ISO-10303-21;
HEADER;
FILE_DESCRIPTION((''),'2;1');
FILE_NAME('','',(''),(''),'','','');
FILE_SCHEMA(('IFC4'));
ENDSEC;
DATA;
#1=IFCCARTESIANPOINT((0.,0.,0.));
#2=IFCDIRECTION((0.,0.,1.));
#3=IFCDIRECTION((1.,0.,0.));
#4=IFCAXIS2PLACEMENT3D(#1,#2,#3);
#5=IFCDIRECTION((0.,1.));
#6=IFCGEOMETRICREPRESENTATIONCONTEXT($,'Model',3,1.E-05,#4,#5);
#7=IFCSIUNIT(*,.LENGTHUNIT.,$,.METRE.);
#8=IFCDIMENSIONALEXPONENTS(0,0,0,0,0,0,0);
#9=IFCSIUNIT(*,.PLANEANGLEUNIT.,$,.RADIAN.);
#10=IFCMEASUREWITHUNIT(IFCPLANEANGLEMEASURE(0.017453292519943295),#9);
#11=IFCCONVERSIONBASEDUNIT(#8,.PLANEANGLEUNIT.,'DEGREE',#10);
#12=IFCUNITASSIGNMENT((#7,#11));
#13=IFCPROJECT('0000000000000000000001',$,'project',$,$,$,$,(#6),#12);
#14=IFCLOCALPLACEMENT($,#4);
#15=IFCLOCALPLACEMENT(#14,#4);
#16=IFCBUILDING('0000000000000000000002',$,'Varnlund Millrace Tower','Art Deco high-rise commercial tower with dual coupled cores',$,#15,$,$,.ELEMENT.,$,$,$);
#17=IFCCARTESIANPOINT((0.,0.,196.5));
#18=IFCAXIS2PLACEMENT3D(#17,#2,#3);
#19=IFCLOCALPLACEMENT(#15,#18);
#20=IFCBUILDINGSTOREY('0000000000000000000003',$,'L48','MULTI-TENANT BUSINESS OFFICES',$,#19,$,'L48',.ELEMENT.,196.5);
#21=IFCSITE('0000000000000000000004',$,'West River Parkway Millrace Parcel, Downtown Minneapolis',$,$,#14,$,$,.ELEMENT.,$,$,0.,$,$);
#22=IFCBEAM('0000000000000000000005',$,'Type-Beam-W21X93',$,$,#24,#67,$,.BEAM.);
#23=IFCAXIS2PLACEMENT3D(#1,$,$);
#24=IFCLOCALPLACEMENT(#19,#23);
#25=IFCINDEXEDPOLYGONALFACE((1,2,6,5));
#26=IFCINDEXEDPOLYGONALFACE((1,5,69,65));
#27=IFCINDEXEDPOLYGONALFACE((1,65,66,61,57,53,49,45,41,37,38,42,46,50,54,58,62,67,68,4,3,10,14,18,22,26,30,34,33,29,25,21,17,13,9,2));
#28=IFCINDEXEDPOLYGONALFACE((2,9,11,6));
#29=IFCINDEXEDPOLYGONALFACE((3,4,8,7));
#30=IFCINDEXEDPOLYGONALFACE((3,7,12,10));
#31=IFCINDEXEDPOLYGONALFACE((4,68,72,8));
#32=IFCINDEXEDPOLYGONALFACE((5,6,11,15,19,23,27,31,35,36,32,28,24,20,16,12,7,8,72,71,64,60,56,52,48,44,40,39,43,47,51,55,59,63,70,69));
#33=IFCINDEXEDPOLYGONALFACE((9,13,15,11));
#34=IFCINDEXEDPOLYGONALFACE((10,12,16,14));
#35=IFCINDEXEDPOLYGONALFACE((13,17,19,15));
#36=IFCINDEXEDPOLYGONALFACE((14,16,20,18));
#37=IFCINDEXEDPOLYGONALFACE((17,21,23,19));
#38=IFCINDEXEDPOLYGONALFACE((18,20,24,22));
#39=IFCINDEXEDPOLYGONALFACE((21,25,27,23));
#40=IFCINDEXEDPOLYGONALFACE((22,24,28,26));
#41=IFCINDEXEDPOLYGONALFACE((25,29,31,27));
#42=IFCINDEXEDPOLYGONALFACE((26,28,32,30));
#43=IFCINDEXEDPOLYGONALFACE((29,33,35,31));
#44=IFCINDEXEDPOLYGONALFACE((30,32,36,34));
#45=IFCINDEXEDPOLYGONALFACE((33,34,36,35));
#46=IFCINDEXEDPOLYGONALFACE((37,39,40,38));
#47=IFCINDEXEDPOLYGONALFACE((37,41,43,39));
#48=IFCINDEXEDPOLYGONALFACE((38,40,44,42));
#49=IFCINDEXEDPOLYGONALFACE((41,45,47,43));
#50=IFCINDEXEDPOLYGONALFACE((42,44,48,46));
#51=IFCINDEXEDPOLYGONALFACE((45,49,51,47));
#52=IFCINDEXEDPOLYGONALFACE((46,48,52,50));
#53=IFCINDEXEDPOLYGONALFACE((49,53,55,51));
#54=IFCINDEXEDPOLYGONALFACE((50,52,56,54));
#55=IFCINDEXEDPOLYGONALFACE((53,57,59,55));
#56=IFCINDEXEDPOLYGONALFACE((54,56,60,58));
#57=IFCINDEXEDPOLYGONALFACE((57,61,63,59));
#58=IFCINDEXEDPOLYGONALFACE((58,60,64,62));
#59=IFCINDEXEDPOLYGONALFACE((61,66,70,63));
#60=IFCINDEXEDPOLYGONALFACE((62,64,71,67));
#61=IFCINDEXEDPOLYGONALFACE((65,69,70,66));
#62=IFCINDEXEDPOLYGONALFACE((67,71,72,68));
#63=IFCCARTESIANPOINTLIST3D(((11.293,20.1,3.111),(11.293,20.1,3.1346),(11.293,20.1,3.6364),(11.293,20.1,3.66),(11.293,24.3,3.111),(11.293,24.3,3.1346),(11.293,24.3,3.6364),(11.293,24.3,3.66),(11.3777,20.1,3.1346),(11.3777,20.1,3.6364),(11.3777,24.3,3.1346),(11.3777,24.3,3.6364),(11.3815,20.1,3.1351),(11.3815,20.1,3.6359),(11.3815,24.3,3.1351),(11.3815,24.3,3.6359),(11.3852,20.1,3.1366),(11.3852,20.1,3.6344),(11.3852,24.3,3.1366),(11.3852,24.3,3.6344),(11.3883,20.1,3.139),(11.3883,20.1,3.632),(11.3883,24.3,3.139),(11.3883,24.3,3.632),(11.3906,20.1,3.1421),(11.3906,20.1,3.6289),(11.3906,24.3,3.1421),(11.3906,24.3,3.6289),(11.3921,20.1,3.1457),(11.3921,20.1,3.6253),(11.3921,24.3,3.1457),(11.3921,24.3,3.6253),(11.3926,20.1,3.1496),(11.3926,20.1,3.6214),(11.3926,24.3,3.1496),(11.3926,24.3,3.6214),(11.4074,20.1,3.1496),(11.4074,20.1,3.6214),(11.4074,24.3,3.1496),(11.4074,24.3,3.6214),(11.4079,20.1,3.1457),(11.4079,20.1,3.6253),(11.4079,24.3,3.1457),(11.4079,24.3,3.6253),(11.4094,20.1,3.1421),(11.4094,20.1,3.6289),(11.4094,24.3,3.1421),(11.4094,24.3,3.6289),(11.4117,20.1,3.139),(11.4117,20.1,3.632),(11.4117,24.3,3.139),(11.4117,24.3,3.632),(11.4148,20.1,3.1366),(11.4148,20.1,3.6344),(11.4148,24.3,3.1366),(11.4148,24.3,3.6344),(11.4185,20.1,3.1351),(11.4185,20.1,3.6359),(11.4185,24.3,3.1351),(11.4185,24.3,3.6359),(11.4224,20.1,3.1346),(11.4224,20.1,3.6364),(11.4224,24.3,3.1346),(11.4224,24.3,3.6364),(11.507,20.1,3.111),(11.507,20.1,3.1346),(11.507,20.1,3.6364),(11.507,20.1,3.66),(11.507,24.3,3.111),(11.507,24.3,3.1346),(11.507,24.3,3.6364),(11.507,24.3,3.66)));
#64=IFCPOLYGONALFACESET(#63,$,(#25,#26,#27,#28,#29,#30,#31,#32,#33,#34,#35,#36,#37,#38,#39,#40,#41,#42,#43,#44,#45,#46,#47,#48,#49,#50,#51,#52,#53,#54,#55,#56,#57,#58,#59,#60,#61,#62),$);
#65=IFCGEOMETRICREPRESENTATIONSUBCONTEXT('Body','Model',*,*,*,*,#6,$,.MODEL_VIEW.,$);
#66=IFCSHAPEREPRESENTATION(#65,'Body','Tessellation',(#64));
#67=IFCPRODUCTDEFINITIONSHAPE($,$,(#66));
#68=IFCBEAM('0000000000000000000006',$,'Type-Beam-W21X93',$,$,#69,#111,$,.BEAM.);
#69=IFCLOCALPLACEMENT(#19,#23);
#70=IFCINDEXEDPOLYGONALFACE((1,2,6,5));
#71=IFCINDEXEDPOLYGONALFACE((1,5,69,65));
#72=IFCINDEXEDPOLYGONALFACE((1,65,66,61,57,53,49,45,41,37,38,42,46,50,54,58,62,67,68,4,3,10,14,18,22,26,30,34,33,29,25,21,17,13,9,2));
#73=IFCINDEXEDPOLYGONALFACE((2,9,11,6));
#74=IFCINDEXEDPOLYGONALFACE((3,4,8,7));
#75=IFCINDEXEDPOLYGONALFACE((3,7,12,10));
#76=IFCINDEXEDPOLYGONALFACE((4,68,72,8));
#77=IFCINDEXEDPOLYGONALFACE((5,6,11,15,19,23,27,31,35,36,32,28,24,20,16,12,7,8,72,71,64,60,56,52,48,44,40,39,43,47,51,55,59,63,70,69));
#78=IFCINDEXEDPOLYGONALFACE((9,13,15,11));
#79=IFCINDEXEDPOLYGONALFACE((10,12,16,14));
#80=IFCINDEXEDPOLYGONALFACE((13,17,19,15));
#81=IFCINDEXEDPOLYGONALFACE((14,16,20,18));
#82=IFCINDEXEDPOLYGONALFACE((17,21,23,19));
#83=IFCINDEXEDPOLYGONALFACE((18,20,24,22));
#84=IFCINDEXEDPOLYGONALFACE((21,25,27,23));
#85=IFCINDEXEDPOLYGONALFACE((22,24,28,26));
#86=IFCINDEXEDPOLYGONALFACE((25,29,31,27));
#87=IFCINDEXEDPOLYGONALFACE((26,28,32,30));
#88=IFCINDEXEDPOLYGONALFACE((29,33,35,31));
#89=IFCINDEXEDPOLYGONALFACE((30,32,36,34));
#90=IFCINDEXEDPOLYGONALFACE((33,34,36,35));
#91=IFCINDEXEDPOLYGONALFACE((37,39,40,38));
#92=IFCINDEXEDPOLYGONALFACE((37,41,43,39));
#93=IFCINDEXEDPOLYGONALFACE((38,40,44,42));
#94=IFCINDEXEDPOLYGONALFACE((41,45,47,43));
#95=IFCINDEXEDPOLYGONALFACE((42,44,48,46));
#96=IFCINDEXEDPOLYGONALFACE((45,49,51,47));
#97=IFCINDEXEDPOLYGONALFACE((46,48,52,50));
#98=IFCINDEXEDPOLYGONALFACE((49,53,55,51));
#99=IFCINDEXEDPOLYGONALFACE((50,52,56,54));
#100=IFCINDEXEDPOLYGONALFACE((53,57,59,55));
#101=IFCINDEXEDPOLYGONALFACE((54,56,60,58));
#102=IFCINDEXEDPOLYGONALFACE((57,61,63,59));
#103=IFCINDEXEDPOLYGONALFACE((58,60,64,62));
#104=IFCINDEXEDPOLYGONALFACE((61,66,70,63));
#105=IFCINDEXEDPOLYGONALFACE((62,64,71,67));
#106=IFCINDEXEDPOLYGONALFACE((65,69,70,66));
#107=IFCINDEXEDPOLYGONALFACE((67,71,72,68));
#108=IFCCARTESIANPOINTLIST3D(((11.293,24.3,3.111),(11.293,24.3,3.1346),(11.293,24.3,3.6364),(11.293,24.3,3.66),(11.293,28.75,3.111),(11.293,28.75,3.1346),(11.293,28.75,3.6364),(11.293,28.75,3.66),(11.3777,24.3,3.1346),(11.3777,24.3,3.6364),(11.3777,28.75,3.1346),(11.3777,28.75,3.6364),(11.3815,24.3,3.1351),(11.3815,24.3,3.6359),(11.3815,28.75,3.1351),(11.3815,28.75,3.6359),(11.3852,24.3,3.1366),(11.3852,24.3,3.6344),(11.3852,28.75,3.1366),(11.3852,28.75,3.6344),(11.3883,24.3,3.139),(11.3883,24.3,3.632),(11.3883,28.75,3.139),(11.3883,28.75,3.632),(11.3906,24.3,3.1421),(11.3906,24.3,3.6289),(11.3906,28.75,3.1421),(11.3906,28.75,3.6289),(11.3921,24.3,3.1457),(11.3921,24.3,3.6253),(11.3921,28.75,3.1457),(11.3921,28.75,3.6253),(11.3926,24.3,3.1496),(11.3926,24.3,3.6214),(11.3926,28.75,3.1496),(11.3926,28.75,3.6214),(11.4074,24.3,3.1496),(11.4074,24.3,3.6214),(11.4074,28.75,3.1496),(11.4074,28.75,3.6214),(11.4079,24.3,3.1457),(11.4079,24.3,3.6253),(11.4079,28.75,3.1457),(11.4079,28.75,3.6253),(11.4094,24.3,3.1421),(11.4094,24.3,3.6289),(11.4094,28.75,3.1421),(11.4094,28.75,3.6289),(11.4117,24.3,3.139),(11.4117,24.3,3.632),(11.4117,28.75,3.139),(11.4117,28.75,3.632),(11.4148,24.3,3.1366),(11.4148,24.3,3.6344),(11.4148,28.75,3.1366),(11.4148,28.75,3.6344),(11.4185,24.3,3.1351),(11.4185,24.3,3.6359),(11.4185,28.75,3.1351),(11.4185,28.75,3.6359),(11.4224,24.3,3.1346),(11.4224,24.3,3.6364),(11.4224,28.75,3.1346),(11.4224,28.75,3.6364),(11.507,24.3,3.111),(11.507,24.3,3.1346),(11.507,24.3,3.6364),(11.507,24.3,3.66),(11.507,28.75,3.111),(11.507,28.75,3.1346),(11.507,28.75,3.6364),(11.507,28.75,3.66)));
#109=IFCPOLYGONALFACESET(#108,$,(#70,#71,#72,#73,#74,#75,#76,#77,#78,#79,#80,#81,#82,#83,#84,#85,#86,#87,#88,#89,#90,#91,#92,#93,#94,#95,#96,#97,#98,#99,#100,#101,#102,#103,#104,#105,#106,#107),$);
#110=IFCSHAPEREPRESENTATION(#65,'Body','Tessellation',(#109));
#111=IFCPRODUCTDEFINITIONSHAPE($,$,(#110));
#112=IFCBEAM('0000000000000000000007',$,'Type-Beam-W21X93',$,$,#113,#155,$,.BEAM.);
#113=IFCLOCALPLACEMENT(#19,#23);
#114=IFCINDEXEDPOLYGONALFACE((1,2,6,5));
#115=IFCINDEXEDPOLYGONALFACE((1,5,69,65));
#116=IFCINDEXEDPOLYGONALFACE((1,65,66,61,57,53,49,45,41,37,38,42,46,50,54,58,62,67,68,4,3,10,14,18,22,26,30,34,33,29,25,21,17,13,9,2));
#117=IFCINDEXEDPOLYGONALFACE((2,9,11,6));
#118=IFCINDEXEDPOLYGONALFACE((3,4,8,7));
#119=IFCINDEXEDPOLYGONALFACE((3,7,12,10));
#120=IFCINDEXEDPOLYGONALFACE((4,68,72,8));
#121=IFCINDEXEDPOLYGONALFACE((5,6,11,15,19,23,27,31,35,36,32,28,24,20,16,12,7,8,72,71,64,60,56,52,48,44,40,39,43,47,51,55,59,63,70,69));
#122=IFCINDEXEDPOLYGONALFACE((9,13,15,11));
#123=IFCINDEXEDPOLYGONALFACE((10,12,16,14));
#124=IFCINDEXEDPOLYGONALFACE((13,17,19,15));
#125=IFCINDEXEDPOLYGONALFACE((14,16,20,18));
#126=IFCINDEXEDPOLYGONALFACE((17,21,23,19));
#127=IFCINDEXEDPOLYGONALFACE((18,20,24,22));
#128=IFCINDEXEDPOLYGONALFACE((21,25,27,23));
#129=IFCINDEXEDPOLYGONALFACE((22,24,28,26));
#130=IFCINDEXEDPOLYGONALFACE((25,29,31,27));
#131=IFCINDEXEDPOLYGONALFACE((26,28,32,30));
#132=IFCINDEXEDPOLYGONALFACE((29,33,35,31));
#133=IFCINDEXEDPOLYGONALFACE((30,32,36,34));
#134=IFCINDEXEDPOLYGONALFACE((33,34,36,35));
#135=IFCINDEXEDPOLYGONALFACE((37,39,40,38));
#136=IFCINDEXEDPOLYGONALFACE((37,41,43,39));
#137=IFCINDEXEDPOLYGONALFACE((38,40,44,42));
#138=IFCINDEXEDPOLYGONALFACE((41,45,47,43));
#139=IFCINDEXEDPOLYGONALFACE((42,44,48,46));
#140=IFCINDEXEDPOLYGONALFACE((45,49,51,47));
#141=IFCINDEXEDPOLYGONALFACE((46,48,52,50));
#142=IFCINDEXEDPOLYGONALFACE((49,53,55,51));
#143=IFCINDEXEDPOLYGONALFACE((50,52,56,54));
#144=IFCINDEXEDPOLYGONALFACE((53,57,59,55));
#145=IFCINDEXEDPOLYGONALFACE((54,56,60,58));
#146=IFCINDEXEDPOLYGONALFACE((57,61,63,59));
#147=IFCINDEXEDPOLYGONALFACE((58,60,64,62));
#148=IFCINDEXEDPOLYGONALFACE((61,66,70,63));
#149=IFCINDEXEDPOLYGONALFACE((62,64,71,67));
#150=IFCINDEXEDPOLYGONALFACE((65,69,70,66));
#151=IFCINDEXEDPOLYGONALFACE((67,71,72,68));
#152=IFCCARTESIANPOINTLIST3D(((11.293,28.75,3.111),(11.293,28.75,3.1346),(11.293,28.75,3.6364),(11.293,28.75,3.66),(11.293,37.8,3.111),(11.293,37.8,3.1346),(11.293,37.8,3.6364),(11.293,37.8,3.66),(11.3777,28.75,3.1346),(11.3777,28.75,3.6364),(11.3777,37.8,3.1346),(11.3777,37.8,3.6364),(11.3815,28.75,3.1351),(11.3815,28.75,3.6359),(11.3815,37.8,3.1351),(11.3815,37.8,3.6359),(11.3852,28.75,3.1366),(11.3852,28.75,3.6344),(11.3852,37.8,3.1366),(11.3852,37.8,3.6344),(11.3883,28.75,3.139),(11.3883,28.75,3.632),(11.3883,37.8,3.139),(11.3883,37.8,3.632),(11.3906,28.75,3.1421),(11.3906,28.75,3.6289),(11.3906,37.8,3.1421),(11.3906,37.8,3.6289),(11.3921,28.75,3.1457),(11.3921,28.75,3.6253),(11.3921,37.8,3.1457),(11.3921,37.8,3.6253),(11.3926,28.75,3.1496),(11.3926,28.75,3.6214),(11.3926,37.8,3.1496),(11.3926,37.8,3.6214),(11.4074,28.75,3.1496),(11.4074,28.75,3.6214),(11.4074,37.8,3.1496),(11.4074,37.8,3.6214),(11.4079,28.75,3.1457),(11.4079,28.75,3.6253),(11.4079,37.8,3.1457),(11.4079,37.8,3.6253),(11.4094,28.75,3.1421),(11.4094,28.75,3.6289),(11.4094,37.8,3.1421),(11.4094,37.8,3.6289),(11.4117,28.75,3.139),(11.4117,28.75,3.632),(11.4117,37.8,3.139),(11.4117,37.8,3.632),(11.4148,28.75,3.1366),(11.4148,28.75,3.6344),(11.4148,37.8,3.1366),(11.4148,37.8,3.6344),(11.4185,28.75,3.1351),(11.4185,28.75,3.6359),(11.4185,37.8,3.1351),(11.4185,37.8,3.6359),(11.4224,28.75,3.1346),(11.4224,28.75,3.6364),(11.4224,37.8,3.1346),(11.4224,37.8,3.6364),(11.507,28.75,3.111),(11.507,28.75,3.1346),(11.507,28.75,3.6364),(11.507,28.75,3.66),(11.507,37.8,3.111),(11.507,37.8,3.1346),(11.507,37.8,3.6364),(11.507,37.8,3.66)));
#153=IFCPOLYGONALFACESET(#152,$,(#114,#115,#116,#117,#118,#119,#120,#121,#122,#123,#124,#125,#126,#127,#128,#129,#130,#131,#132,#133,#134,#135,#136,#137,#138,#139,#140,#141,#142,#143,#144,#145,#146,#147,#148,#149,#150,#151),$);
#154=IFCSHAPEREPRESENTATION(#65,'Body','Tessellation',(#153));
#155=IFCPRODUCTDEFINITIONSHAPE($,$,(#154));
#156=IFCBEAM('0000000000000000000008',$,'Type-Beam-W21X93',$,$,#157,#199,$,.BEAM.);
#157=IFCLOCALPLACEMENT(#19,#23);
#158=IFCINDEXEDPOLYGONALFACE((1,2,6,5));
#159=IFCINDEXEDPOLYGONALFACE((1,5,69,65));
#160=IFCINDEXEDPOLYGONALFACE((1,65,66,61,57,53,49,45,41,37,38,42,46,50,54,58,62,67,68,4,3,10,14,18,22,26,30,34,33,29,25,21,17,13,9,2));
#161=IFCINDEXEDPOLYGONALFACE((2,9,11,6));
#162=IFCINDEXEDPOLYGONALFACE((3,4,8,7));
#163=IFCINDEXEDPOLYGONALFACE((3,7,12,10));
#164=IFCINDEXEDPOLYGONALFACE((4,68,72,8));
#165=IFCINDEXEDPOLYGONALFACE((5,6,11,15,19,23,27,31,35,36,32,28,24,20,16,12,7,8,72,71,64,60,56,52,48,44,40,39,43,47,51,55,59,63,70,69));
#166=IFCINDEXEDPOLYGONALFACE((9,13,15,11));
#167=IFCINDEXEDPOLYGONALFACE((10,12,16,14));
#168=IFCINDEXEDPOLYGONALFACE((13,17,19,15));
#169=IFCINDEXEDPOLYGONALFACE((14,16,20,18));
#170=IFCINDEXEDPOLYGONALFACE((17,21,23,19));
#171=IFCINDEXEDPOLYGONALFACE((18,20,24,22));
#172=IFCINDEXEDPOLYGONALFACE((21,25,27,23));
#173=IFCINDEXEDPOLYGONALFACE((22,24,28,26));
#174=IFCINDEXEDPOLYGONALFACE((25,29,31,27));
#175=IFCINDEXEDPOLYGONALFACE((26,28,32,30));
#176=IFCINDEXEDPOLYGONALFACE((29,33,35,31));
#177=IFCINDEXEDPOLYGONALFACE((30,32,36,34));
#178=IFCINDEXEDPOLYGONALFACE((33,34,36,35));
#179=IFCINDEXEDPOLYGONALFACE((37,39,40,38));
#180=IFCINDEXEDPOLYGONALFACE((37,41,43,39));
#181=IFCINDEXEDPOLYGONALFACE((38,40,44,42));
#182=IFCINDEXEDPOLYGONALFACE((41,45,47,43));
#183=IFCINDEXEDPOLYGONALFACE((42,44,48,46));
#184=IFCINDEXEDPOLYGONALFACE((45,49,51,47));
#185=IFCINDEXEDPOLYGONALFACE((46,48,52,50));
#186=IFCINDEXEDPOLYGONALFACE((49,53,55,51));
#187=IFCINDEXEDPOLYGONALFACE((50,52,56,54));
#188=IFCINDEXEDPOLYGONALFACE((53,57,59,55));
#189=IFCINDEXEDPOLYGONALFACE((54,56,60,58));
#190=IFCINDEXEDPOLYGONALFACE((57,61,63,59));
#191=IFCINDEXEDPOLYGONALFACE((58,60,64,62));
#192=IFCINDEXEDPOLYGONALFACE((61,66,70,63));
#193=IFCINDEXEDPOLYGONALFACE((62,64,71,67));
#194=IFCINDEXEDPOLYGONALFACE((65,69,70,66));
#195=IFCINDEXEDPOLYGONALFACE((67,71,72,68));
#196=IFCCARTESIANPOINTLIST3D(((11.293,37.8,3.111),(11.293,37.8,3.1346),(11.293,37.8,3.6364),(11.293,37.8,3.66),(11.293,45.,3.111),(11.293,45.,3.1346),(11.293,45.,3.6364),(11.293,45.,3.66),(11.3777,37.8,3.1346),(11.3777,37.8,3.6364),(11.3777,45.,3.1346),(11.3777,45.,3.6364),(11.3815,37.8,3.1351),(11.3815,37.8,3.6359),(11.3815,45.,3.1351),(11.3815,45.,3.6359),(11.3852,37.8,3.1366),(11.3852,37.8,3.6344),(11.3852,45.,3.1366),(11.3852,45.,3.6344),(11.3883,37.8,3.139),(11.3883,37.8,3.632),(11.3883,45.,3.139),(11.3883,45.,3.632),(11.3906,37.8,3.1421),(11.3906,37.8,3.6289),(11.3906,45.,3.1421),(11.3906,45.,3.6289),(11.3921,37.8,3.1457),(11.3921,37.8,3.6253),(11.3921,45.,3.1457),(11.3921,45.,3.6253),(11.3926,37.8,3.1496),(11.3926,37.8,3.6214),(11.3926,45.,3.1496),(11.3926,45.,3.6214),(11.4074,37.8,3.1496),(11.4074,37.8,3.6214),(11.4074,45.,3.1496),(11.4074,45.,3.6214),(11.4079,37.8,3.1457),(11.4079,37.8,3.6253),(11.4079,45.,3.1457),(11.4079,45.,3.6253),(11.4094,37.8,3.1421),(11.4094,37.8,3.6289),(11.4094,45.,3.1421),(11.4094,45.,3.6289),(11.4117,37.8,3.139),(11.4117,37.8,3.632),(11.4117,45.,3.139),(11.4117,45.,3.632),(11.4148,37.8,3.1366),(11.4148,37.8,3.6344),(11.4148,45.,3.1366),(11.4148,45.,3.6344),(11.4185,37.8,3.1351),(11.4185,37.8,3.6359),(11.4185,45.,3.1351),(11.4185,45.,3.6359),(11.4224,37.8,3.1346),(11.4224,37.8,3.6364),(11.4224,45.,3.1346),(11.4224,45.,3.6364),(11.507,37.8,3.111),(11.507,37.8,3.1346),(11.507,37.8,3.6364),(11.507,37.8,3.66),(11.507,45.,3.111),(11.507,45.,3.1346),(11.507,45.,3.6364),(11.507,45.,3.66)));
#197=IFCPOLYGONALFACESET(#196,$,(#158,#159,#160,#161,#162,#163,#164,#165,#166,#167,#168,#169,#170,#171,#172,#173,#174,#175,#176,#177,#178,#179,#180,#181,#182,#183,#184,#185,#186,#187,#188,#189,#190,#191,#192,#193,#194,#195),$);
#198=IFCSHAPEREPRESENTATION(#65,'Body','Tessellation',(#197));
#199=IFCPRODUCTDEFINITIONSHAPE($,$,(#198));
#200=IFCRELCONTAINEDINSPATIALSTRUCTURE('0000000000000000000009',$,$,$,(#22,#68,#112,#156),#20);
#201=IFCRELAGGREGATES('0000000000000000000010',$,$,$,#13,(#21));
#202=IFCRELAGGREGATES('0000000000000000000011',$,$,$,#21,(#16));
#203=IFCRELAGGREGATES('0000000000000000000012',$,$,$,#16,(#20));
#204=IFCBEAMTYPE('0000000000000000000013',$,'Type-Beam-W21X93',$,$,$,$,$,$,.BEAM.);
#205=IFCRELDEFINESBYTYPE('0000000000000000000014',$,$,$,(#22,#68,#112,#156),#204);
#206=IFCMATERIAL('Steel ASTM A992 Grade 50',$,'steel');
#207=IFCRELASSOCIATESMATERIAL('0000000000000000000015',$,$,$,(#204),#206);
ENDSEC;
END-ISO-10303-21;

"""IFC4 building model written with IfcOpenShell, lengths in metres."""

from ifc_helpers import new_model, entity, si_unit, converted_unit, direction, frame, origin_with_axes, origin_2d_with_axis, place, context, subcontext, project, spatial, i_section, extrude, material, material_profile, profile_set, type_object, element, save


model = new_model("IFC4")

# Units and contexts
model_context = context("Model", 3, precision=1e-05, world=origin_with_axes(), true_north=direction((0.0, 1.0)))
body_context = subcontext(model_context, "Body", "Model", "MODEL_VIEW")
ifc_project = project(units=[si_unit("LENGTHUNIT", "METRE"), converted_unit("PLANEANGLEUNIT", "DEGREE", entity("IfcPlaneAngleMeasure", 0.017453292519943295), si_unit("PLANEANGLEUNIT", "RADIAN"), dimensions=[0, 0, 0, 0, 0, 0, 0])], contexts=[model_context])

# Site, building, storey
site_placement = place(None, origin_with_axes())
site = spatial("IfcSite", under=ifc_project, at=site_placement, Name="West River Parkway Millrace Parcel, Downtown Minneapolis", CompositionType="ELEMENT", RefElevation=0.0)
building_placement = place(site_placement, origin_with_axes())
building = spatial("IfcBuilding", under=site, at=building_placement, Name="Varnlund Millrace Tower", Description="Art Deco high-rise commercial tower with dual coupled cores", CompositionType="ELEMENT")
storey_placement = place(building_placement, frame((0.0, 0.0, 196.5), z_axis=(0.0, 0.0, 1.0), x_axis=(1.0, 0.0, 0.0)))
storey = spatial("IfcBuildingStorey", under=building, at=storey_placement, Name="L48", Description="MULTI-TENANT BUSINESS OFFICES", LongName="L48", CompositionType="ELEMENT", Elevation=196.5)

# Beams
ifc_material_1 = material(Name="Steel ASTM A992 Grade 50", Category="steel")
ifc_material_profile_1 = material_profile(ifc_material_1, i_section(OverallWidth=0.214, OverallDepth=0.549, WebThickness=0.0147, FlangeThickness=0.0236, FilletRadius=0.015, at=origin_2d_with_axis()), Name="Steel ASTM A992 Grade 50")
ifc_profile_set_1 = profile_set([ifc_material_profile_1], Name="Steel ASTM A992 Grade 50")
beam_type_1 = type_object("IfcBeamType", Name="Type-Beam-W21X93", PredefinedType="BEAM", material=ifc_profile_set_1)
beam_1_placement = place(storey_placement, frame((11.4, 20.1, 3.3855), z_axis=(0.0, 1.0, 0.0), x_axis=(-1.0, 0.0, 0.0)))
element("IfcBeam", 1, at=beam_1_placement, inside=storey, type_object=beam_type_1, Name="Type-Beam-W21X93", PredefinedType="BEAM", context=body_context, shape_type="SweptSolid", body=[
    extrude(i_section(OverallWidth=0.214, OverallDepth=0.549, WebThickness=0.0147, FlangeThickness=0.0236, FilletRadius=0.015, at=origin_2d_with_axis()), origin_with_axes(), (0.0, 0.0, 1.0), 4.2),
])
beam_2_placement = place(storey_placement, frame((11.4, 24.3, 3.3855), z_axis=(0.0, 1.0, 0.0), x_axis=(-1.0, 0.0, 0.0)))
element("IfcBeam", 2, at=beam_2_placement, inside=storey, type_object=beam_type_1, Name="Type-Beam-W21X93", PredefinedType="BEAM", context=body_context, shape_type="SweptSolid", body=[
    extrude(i_section(OverallWidth=0.214, OverallDepth=0.549, WebThickness=0.0147, FlangeThickness=0.0236, FilletRadius=0.015, at=origin_2d_with_axis()), origin_with_axes(), (0.0, 0.0, 1.0), 4.45),
])
beam_3_placement = place(storey_placement, frame((11.4, 28.75, 3.3855), z_axis=(0.0, 1.0, 0.0), x_axis=(-1.0, 0.0, 0.0)))
element("IfcBeam", 3, at=beam_3_placement, inside=storey, type_object=beam_type_1, Name="Type-Beam-W21X93", PredefinedType="BEAM", context=body_context, shape_type="SweptSolid", body=[
    extrude(i_section(OverallWidth=0.214, OverallDepth=0.549, WebThickness=0.0147, FlangeThickness=0.0236, FilletRadius=0.015, at=origin_2d_with_axis()), origin_with_axes(), (0.0, 0.0, 1.0), 9.05),
])
beam_4_placement = place(storey_placement, frame((11.4, 37.8, 3.3855), z_axis=(0.0, 1.0, 0.0), x_axis=(-1.0, 0.0, 0.0)))
element("IfcBeam", 4, at=beam_4_placement, inside=storey, type_object=beam_type_1, Name="Type-Beam-W21X93", PredefinedType="BEAM", context=body_context, shape_type="SweptSolid", body=[
    extrude(i_section(OverallWidth=0.214, OverallDepth=0.549, WebThickness=0.0147, FlangeThickness=0.0236, FilletRadius=0.015, at=origin_2d_with_axis()), origin_with_axes(), (0.0, 0.0, 1.0), 7.2),
])

save(model, "model.ifc")
